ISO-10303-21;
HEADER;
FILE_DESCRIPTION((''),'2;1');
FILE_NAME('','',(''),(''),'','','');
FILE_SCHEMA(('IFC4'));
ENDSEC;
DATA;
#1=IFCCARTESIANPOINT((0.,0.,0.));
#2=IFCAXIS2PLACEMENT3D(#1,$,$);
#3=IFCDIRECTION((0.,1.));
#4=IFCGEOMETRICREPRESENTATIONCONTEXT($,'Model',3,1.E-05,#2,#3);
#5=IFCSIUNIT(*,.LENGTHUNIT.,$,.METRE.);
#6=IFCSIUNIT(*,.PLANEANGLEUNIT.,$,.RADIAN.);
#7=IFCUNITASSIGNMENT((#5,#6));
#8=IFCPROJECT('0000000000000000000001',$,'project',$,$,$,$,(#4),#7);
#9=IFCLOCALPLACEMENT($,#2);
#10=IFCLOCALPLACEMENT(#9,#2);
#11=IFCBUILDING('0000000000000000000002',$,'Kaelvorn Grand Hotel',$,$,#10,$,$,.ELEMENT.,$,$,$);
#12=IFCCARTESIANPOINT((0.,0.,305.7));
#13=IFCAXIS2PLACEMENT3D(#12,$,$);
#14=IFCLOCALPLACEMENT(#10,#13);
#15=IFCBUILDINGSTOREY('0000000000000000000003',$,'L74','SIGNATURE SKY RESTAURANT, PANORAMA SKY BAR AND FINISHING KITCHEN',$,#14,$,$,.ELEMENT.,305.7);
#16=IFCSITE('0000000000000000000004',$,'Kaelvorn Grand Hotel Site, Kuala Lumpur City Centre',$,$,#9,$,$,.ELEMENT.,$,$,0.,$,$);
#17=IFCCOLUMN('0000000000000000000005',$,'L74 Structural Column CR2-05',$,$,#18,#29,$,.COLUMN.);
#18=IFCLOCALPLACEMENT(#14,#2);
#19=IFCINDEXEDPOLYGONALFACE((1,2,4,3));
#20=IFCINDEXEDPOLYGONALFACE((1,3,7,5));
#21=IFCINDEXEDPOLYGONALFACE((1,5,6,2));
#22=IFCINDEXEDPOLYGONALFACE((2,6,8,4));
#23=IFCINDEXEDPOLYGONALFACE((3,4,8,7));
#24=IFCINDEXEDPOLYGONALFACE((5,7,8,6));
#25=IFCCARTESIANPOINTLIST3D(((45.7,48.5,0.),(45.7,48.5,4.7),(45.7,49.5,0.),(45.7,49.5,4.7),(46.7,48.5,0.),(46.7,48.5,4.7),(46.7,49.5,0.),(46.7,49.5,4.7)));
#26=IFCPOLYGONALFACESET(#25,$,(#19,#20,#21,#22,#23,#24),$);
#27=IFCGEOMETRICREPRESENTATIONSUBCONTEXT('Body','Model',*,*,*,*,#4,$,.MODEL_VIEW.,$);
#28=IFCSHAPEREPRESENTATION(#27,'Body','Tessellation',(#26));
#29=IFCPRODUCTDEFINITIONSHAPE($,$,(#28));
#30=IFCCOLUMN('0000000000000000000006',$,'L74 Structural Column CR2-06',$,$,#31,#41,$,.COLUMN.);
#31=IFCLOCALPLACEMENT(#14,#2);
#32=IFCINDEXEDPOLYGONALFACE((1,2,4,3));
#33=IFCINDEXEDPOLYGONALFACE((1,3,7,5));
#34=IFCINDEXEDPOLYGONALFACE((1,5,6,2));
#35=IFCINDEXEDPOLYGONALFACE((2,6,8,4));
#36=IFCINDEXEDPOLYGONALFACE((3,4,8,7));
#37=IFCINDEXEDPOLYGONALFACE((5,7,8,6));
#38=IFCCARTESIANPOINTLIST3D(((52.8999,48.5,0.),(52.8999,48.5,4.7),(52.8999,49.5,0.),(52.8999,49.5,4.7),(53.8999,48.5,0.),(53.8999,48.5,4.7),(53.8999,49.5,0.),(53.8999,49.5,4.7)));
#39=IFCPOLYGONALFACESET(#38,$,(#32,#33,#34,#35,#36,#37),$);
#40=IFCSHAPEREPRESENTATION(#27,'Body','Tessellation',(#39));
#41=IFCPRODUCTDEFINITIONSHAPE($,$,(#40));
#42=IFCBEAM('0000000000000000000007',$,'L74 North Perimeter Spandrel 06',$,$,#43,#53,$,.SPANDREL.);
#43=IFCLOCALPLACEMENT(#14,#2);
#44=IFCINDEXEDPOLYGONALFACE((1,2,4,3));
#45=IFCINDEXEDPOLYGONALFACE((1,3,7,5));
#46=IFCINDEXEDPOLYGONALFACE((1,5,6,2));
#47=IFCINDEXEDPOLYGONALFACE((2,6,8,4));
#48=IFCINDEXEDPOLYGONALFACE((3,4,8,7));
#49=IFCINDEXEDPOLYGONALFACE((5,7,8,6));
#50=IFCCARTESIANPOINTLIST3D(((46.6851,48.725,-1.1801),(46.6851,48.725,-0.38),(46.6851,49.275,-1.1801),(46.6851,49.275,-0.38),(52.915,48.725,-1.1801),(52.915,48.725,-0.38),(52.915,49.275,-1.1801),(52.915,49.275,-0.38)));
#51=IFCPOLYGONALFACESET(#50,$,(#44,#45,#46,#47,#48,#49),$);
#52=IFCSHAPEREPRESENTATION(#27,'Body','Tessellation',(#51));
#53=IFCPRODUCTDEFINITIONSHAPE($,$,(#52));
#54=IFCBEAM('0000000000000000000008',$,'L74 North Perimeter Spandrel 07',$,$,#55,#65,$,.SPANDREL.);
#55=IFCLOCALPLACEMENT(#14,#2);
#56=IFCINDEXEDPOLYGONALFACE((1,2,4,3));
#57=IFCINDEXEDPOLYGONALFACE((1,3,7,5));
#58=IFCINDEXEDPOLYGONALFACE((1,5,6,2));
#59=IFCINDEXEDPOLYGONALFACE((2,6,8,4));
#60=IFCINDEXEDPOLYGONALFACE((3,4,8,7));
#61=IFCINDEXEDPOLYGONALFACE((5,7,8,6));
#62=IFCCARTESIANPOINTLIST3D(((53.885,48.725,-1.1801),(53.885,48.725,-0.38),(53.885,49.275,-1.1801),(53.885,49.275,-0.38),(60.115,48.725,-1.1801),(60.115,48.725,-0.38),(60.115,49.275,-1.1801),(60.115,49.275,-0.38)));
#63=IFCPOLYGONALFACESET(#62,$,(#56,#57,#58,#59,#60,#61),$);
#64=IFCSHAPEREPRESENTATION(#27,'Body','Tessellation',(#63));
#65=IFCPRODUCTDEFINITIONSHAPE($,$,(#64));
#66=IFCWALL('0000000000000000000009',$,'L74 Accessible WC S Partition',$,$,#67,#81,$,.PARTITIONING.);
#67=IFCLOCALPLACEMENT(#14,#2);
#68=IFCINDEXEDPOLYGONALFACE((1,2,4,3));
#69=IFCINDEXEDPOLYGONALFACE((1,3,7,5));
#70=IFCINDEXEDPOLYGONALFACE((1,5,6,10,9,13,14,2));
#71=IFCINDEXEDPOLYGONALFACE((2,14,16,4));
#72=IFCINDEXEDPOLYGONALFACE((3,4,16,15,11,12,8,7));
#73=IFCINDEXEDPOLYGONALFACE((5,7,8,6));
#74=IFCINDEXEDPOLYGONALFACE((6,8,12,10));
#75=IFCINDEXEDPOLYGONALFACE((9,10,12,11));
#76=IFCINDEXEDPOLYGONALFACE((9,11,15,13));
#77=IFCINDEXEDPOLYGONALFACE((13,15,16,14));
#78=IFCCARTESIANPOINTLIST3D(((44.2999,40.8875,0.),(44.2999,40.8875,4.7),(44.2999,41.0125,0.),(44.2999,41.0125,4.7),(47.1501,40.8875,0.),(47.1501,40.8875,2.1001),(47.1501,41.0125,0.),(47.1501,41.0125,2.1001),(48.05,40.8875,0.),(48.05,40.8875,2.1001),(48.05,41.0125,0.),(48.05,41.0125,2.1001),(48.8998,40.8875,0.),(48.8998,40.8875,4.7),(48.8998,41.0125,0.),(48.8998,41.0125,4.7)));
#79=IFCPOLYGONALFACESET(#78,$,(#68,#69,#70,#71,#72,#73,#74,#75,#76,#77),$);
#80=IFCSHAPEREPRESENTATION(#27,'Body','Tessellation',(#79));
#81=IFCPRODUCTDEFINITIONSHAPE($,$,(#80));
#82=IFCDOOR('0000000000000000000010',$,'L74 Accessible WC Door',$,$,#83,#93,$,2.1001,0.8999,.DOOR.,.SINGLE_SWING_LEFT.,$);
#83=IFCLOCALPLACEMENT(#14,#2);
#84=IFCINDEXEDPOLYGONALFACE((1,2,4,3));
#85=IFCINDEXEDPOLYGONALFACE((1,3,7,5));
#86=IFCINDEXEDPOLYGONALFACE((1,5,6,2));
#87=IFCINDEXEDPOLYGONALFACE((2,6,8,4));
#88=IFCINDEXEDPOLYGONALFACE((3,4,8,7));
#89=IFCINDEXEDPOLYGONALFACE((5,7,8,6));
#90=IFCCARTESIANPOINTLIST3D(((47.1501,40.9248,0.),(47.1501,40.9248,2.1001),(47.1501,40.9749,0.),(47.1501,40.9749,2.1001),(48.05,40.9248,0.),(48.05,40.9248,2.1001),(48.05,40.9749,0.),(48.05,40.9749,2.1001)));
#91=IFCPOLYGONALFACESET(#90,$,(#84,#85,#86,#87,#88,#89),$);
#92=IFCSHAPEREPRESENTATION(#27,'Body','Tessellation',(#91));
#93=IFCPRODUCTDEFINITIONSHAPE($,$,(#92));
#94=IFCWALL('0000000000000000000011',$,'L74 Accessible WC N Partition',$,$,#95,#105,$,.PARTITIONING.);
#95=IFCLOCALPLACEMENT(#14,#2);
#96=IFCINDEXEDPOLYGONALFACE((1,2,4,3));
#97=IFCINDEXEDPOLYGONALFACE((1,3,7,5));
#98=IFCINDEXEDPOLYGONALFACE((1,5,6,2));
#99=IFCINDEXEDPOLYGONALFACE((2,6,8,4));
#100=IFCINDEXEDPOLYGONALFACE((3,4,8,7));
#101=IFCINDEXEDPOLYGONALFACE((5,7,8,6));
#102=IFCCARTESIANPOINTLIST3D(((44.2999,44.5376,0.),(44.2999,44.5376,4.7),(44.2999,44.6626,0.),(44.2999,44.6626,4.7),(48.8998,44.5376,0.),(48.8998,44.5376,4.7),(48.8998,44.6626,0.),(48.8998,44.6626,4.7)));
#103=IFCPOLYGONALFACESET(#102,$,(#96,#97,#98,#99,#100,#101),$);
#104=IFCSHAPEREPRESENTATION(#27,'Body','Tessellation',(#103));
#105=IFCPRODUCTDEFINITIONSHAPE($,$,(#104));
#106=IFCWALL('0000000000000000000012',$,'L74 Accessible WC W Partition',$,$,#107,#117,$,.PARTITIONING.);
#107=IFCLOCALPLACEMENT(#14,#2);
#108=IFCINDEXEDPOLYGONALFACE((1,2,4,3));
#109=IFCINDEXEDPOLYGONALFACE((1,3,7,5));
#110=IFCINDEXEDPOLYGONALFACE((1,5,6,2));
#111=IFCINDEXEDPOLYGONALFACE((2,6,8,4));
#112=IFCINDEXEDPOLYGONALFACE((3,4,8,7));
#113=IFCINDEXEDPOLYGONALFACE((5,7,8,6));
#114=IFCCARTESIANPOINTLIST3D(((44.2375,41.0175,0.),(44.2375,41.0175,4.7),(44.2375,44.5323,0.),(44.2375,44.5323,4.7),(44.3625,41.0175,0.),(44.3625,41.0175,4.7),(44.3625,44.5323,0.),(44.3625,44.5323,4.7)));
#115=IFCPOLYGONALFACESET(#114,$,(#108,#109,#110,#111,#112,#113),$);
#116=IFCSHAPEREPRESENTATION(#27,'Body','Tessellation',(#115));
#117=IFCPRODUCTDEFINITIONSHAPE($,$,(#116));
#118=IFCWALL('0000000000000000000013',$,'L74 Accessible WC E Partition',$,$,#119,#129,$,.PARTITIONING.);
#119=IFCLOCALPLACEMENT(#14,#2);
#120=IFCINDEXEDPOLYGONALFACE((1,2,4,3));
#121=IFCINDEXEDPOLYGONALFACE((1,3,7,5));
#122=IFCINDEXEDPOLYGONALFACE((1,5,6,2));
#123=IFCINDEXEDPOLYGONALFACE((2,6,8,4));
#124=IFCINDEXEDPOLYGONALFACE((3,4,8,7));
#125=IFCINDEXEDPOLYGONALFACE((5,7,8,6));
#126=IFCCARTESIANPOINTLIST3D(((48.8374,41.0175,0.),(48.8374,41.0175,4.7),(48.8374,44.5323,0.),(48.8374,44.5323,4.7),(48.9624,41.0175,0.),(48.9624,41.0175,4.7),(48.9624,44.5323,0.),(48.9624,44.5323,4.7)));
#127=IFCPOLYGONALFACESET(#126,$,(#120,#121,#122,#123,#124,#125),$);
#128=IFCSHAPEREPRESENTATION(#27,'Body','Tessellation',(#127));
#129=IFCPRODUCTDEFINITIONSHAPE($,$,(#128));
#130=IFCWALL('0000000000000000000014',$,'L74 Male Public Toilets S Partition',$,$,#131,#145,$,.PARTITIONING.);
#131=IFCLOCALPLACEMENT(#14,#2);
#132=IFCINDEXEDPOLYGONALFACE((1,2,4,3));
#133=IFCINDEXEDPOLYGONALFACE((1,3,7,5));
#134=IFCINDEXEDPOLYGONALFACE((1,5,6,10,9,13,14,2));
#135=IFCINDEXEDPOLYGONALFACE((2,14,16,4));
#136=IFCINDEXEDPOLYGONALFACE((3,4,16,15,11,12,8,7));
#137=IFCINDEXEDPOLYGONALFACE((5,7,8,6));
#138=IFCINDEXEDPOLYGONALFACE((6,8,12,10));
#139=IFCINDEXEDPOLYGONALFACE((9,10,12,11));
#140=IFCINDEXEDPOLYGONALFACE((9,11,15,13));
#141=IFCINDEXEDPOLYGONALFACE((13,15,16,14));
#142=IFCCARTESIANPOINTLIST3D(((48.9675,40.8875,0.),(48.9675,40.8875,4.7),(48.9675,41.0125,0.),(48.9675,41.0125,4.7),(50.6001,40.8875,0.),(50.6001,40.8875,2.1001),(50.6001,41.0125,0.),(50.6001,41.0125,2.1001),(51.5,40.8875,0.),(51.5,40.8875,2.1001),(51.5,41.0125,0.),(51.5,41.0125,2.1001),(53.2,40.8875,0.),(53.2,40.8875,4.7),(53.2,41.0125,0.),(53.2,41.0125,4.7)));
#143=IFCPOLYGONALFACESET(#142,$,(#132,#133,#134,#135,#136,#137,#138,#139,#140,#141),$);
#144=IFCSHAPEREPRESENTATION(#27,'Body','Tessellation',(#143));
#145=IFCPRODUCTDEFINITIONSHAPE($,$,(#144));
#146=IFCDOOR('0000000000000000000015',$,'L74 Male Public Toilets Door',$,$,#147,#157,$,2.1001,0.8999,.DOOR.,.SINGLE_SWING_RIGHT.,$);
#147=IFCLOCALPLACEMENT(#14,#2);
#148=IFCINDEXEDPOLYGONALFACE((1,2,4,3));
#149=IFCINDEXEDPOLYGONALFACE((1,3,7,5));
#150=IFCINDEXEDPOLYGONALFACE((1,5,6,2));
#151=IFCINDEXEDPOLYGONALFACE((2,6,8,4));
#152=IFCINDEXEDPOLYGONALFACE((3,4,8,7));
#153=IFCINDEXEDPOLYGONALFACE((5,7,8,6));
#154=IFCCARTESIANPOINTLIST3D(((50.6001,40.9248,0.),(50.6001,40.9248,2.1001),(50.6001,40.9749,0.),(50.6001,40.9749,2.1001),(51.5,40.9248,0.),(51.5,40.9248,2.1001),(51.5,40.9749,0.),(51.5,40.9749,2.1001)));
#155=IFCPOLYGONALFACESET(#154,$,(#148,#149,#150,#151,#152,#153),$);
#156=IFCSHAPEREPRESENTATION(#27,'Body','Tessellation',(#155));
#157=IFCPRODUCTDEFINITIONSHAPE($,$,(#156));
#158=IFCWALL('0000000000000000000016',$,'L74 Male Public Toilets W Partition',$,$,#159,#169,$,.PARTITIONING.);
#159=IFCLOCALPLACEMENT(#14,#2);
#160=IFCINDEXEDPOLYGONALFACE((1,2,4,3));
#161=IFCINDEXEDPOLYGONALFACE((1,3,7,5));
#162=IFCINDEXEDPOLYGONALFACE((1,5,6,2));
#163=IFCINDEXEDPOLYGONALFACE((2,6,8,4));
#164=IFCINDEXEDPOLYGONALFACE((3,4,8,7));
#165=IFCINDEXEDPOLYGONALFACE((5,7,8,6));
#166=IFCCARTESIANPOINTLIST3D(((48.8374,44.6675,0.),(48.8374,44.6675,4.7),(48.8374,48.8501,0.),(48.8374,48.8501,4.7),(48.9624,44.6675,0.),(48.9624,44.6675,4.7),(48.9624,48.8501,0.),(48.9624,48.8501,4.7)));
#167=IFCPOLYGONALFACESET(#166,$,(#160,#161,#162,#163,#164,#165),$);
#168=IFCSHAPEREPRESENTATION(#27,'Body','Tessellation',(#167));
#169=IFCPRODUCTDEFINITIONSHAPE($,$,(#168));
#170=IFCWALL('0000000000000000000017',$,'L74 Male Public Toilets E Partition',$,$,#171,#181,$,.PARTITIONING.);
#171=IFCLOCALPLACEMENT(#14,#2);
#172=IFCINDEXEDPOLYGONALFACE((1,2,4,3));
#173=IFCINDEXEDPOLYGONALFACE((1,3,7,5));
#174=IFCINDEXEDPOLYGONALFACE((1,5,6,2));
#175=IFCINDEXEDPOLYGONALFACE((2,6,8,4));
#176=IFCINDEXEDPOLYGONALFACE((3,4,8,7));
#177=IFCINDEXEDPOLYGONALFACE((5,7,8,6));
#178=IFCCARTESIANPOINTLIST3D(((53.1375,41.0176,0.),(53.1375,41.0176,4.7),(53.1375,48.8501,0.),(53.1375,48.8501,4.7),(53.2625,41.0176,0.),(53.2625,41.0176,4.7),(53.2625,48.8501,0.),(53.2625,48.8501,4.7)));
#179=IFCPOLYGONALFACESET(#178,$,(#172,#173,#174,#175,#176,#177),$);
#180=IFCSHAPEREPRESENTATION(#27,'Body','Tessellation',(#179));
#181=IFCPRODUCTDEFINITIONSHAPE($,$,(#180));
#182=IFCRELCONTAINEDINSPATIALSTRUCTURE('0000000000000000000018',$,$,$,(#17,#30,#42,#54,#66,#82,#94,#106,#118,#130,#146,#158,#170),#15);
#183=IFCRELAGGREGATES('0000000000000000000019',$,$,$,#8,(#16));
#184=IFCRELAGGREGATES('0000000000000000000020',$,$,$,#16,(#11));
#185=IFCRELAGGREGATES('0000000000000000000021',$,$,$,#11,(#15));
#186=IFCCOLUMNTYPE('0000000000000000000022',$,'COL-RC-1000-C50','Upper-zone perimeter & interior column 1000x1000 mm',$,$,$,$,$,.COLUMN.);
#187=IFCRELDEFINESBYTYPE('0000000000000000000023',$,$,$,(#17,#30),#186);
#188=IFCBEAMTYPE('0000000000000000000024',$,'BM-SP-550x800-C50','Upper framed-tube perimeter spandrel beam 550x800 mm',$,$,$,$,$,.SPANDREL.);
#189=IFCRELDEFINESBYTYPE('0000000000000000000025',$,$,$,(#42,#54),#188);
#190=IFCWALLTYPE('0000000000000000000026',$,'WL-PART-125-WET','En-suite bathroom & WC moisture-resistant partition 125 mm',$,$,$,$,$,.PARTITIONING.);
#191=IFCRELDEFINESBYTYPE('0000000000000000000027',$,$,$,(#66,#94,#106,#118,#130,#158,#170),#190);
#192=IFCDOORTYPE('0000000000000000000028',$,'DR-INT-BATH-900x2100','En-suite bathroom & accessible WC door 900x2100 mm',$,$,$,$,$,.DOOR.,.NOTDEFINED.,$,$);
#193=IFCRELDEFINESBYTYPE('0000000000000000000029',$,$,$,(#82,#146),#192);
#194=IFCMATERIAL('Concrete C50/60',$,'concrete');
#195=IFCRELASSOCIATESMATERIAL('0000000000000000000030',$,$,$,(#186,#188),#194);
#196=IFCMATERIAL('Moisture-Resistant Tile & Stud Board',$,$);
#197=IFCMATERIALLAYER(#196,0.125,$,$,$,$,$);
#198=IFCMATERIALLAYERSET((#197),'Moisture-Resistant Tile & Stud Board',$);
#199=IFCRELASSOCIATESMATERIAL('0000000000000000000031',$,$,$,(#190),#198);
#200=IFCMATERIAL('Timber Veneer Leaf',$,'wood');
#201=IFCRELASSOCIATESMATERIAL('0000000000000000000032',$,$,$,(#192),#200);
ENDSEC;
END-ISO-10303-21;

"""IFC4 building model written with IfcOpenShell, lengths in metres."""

from ifc_helpers import new_model, si_unit, direction, frame, frame_2d, origin, origin_2d, place, context, subcontext, project, spatial, rectangle, extrude, material, layer, layer_set, material_profile, profile_set, type_object, element, fill, save


model = new_model("IFC4")

# Units and contexts
model_context = context("Model", 3, precision=1e-05, world=origin(), true_north=direction((0.0, 1.0)))
body_context = subcontext(model_context, "Body", "Model", "MODEL_VIEW")
ifc_project = project(units=[si_unit("LENGTHUNIT", "METRE"), si_unit("PLANEANGLEUNIT", "RADIAN")], contexts=[model_context])

# Site, building, storey
site_placement = place(None, origin())
site = spatial("IfcSite", under=ifc_project, at=site_placement, Name="Kaelvorn Grand Hotel Site, Kuala Lumpur City Centre", CompositionType="ELEMENT", RefElevation=0.0)
building_placement = place(site_placement, origin())
building = spatial("IfcBuilding", under=site, at=building_placement, Name="Kaelvorn Grand Hotel", CompositionType="ELEMENT")
storey_placement = place(building_placement, frame((0.0, 0.0, 305.7)))
storey = spatial("IfcBuildingStorey", under=building, at=storey_placement, Name="L74", Description="SIGNATURE SKY RESTAURANT, PANORAMA SKY BAR AND FINISHING KITCHEN", CompositionType="ELEMENT", Elevation=305.7)

# Columns
ifc_material_1 = material(Name="Concrete C50/60", Category="concrete")
ifc_material_profile_1 = material_profile(ifc_material_1, rectangle(XDim=1.0, YDim=1.0, at=origin_2d()), Name="RC COL 1000x1000")
ifc_profile_set_1 = profile_set([ifc_material_profile_1], Name="Concrete C50/60")
column_type = type_object("IfcColumnType", Name="COL-RC-1000-C50", Description="Upper-zone perimeter & interior column 1000x1000 mm", PredefinedType="COLUMN", material=ifc_profile_set_1)
for number, where, z_axis, x_axis, name in (
    (1, (46.2, 49.0, 0.0), (0.0, 0.0, 1.0), (1.0, 0.0, 0.0), "L74 Structural Column CR2-05"),
    (2, (53.3999, 49.0, 0.0), (0.0, 0.0, 1.0), (1.0, 0.0, 0.0), "L74 Structural Column CR2-06"),
):
    element("IfcColumn", number, at=place(storey_placement, frame(where, z_axis=z_axis, x_axis=x_axis)), inside=storey, type_object=column_type, Name=name, PredefinedType="COLUMN", context=body_context, shape_type="SweptSolid", body=[
        extrude(rectangle(XDim=1.0, YDim=1.0, at=origin_2d()), origin(), (0.0, 0.0, 1.0), 4.7),
    ])

# Beams
ifc_material_profile_2 = material_profile(ifc_material_1, rectangle(XDim=0.55, YDim=0.8, at=origin_2d()), Name="RC SPANDREL 550x800")
ifc_profile_set_2 = profile_set([ifc_material_profile_2], Name="Concrete C50/60")
beam_type = type_object("IfcBeamType", Name="BM-SP-550x800-C50", Description="Upper framed-tube perimeter spandrel beam 550x800 mm", PredefinedType="SPANDREL", material=ifc_profile_set_2)
for number, where, z_axis, x_axis, name in (
    (3, (46.6851, 49.0, -0.78), (1.0, 0.0, 0.0), (0.0, 1.0, 0.0), "L74 North Perimeter Spandrel 06"),
    (4, (53.885, 49.0, -0.78), (1.0, 0.0, 0.0), (0.0, 1.0, 0.0), "L74 North Perimeter Spandrel 07"),
):
    element("IfcBeam", number, at=place(storey_placement, frame(where, z_axis=z_axis, x_axis=x_axis)), inside=storey, type_object=beam_type, Name=name, PredefinedType="SPANDREL", context=body_context, shape_type="SweptSolid", body=[
        extrude(rectangle(XDim=0.55, YDim=0.8, at=origin_2d()), origin(), (0.0, 0.0, 1.0), 6.23),
    ])

# Wall, opening, door
ifc_material_2 = material(Name="Moisture-Resistant Tile & Stud Board")
ifc_layer_1 = layer(ifc_material_2, 0.125)
ifc_layer_set_1 = layer_set([ifc_layer_1], Name="Moisture-Resistant Tile & Stud Board")
wall_type_1 = type_object("IfcWallType", Name="WL-PART-125-WET", Description="En-suite bathroom & WC moisture-resistant partition 125 mm", PredefinedType="PARTITIONING", material=ifc_layer_set_1)
wall_1_placement = place(storey_placement, frame((44.3, 40.95, 0.0), z_axis=(0.0, 0.0, 1.0), x_axis=(1.0, 0.0, 0.0)))
wall_1 = element("IfcWall", 5, at=wall_1_placement, inside=storey, type_object=wall_type_1, Name="L74 Accessible WC S Partition", PredefinedType="PARTITIONING", context=body_context, shape_type="SweptSolid", body=[
    extrude(rectangle(XDim=4.5999, YDim=0.125, at=frame_2d((2.2998, 0.0))), origin(), (0.0, 0.0, 1.0), 4.7),
])
opening_1_placement = place(wall_1_placement, frame((2.8501, 0.0, 0.0)))
opening_1 = element("IfcOpeningElement", 6, at=opening_1_placement, cuts=wall_1, PredefinedType="OPENING", context=body_context, shape_type="SweptSolid", body=[
    extrude(rectangle(XDim=0.8999, YDim=2.1001, at=frame_2d((0.45, 1.05))), frame((0.0, 0.0725, 0.0), z_axis=(0.0, -1.0, 0.0), x_axis=(1.0, 0.0, 0.0)), (0.0, 0.0, 1.0), 0.145),
])
ifc_material_3 = material(Name="Timber Veneer Leaf", Category="wood")
door_type_1 = type_object("IfcDoorType", Name="DR-INT-BATH-900x2100", Description="En-suite bathroom & accessible WC door 900x2100 mm", OperationType="NOTDEFINED", PredefinedType="DOOR", material=ifc_material_3)
door_1_placement = place(opening_1_placement, origin())
door_1 = element("IfcDoor", 7, at=door_1_placement, inside=storey, type_object=door_type_1, Name="L74 Accessible WC Door", OperationType="SINGLE_SWING_LEFT", OverallHeight=2.1001, OverallWidth=0.8999, PredefinedType="DOOR", context=body_context, shape_type="SweptSolid", body=[
    extrude(rectangle(XDim=0.8999, YDim=2.1001, at=frame_2d((0.45, 1.05))), frame((0.0, 0.0249, 0.0), z_axis=(0.0, -1.0, 0.0), x_axis=(1.0, 0.0, 0.0)), (0.0, 0.0, 1.0), 0.05),
])
fill(opening_1, door_1)

# Walls
wall_2_placement = place(storey_placement, frame((44.3, 44.6001, 0.0), z_axis=(0.0, 0.0, 1.0), x_axis=(1.0, 0.0, 0.0)))
element("IfcWall", 8, at=wall_2_placement, inside=storey, type_object=wall_type_1, Name="L74 Accessible WC N Partition", PredefinedType="PARTITIONING", context=body_context, shape_type="SweptSolid", body=[
    extrude(rectangle(XDim=4.5999, YDim=0.125, at=frame_2d((2.2998, 0.0))), origin(), (0.0, 0.0, 1.0), 4.7),
])
for number, where, z_axis, x_axis, name in (
    (9, (44.3, 41.0176, 0.0), (0.0, 0.0, 1.0), (0.0, 1.0, 0.0), "L74 Accessible WC W Partition"),
    (10, (48.8999, 41.0176, 0.0), (0.0, 0.0, 1.0), (0.0, 1.0, 0.0), "L74 Accessible WC E Partition"),
):
    element("IfcWall", number, at=place(storey_placement, frame(where, z_axis=z_axis, x_axis=x_axis)), inside=storey, type_object=wall_type_1, Name=name, PredefinedType="PARTITIONING", context=body_context, shape_type="SweptSolid", body=[
        extrude(rectangle(XDim=3.5149, YDim=0.125, at=frame_2d((1.7573, 0.0))), origin(), (0.0, 0.0, 1.0), 4.7),
    ])

# Wall, opening, door
wall_3_placement = place(storey_placement, frame((48.9675, 40.95, 0.0), z_axis=(0.0, 0.0, 1.0), x_axis=(1.0, 0.0, 0.0)))
wall_3 = element("IfcWall", 11, at=wall_3_placement, inside=storey, type_object=wall_type_1, Name="L74 Male Public Toilets S Partition", PredefinedType="PARTITIONING", context=body_context, shape_type="SweptSolid", body=[
    extrude(rectangle(XDim=4.2324, YDim=0.125, at=frame_2d((2.1162, 0.0))), origin(), (0.0, 0.0, 1.0), 4.7),
])
opening_2_placement = place(wall_3_placement, frame((1.6326, 0.0, 0.0)))
opening_2 = element("IfcOpeningElement", 12, at=opening_2_placement, cuts=wall_3, PredefinedType="OPENING", context=body_context, shape_type="SweptSolid", body=[
    extrude(rectangle(XDim=0.8999, YDim=2.1001, at=frame_2d((0.45, 1.05))), frame((0.0, 0.0725, 0.0), z_axis=(0.0, -1.0, 0.0), x_axis=(1.0, 0.0, 0.0)), (0.0, 0.0, 1.0), 0.145),
])
door_2_placement = place(opening_2_placement, origin())
door_2 = element("IfcDoor", 13, at=door_2_placement, inside=storey, type_object=door_type_1, Name="L74 Male Public Toilets Door", OperationType="SINGLE_SWING_RIGHT", OverallHeight=2.1001, OverallWidth=0.8999, PredefinedType="DOOR", context=body_context, shape_type="SweptSolid", body=[
    extrude(rectangle(XDim=0.8999, YDim=2.1001, at=frame_2d((0.45, 1.05))), frame((0.0, 0.0249, 0.0), z_axis=(0.0, -1.0, 0.0), x_axis=(1.0, 0.0, 0.0)), (0.0, 0.0, 1.0), 0.05),
])
fill(opening_2, door_2)

# Walls
wall_4_placement = place(storey_placement, frame((48.8999, 44.6675, 0.0), z_axis=(0.0, 0.0, 1.0), x_axis=(0.0, 1.0, 0.0)))
element("IfcWall", 14, at=wall_4_placement, inside=storey, type_object=wall_type_1, Name="L74 Male Public Toilets W Partition", PredefinedType="PARTITIONING", context=body_context, shape_type="SweptSolid", body=[
    extrude(rectangle(XDim=4.1826, YDim=0.125, at=frame_2d((2.0913, 0.0))), origin(), (0.0, 0.0, 1.0), 4.7),
])
wall_5_placement = place(storey_placement, frame((53.2, 41.0176, 0.0), z_axis=(0.0, 0.0, 1.0), x_axis=(0.0, 1.0, 0.0)))
element("IfcWall", 15, at=wall_5_placement, inside=storey, type_object=wall_type_1, Name="L74 Male Public Toilets E Partition", PredefinedType="PARTITIONING", context=body_context, shape_type="SweptSolid", body=[
    extrude(rectangle(XDim=7.8325, YDim=0.125, at=frame_2d((3.9163, 0.0))), origin(), (0.0, 0.0, 1.0), 4.7),
])

save(model, "model.ifc")
